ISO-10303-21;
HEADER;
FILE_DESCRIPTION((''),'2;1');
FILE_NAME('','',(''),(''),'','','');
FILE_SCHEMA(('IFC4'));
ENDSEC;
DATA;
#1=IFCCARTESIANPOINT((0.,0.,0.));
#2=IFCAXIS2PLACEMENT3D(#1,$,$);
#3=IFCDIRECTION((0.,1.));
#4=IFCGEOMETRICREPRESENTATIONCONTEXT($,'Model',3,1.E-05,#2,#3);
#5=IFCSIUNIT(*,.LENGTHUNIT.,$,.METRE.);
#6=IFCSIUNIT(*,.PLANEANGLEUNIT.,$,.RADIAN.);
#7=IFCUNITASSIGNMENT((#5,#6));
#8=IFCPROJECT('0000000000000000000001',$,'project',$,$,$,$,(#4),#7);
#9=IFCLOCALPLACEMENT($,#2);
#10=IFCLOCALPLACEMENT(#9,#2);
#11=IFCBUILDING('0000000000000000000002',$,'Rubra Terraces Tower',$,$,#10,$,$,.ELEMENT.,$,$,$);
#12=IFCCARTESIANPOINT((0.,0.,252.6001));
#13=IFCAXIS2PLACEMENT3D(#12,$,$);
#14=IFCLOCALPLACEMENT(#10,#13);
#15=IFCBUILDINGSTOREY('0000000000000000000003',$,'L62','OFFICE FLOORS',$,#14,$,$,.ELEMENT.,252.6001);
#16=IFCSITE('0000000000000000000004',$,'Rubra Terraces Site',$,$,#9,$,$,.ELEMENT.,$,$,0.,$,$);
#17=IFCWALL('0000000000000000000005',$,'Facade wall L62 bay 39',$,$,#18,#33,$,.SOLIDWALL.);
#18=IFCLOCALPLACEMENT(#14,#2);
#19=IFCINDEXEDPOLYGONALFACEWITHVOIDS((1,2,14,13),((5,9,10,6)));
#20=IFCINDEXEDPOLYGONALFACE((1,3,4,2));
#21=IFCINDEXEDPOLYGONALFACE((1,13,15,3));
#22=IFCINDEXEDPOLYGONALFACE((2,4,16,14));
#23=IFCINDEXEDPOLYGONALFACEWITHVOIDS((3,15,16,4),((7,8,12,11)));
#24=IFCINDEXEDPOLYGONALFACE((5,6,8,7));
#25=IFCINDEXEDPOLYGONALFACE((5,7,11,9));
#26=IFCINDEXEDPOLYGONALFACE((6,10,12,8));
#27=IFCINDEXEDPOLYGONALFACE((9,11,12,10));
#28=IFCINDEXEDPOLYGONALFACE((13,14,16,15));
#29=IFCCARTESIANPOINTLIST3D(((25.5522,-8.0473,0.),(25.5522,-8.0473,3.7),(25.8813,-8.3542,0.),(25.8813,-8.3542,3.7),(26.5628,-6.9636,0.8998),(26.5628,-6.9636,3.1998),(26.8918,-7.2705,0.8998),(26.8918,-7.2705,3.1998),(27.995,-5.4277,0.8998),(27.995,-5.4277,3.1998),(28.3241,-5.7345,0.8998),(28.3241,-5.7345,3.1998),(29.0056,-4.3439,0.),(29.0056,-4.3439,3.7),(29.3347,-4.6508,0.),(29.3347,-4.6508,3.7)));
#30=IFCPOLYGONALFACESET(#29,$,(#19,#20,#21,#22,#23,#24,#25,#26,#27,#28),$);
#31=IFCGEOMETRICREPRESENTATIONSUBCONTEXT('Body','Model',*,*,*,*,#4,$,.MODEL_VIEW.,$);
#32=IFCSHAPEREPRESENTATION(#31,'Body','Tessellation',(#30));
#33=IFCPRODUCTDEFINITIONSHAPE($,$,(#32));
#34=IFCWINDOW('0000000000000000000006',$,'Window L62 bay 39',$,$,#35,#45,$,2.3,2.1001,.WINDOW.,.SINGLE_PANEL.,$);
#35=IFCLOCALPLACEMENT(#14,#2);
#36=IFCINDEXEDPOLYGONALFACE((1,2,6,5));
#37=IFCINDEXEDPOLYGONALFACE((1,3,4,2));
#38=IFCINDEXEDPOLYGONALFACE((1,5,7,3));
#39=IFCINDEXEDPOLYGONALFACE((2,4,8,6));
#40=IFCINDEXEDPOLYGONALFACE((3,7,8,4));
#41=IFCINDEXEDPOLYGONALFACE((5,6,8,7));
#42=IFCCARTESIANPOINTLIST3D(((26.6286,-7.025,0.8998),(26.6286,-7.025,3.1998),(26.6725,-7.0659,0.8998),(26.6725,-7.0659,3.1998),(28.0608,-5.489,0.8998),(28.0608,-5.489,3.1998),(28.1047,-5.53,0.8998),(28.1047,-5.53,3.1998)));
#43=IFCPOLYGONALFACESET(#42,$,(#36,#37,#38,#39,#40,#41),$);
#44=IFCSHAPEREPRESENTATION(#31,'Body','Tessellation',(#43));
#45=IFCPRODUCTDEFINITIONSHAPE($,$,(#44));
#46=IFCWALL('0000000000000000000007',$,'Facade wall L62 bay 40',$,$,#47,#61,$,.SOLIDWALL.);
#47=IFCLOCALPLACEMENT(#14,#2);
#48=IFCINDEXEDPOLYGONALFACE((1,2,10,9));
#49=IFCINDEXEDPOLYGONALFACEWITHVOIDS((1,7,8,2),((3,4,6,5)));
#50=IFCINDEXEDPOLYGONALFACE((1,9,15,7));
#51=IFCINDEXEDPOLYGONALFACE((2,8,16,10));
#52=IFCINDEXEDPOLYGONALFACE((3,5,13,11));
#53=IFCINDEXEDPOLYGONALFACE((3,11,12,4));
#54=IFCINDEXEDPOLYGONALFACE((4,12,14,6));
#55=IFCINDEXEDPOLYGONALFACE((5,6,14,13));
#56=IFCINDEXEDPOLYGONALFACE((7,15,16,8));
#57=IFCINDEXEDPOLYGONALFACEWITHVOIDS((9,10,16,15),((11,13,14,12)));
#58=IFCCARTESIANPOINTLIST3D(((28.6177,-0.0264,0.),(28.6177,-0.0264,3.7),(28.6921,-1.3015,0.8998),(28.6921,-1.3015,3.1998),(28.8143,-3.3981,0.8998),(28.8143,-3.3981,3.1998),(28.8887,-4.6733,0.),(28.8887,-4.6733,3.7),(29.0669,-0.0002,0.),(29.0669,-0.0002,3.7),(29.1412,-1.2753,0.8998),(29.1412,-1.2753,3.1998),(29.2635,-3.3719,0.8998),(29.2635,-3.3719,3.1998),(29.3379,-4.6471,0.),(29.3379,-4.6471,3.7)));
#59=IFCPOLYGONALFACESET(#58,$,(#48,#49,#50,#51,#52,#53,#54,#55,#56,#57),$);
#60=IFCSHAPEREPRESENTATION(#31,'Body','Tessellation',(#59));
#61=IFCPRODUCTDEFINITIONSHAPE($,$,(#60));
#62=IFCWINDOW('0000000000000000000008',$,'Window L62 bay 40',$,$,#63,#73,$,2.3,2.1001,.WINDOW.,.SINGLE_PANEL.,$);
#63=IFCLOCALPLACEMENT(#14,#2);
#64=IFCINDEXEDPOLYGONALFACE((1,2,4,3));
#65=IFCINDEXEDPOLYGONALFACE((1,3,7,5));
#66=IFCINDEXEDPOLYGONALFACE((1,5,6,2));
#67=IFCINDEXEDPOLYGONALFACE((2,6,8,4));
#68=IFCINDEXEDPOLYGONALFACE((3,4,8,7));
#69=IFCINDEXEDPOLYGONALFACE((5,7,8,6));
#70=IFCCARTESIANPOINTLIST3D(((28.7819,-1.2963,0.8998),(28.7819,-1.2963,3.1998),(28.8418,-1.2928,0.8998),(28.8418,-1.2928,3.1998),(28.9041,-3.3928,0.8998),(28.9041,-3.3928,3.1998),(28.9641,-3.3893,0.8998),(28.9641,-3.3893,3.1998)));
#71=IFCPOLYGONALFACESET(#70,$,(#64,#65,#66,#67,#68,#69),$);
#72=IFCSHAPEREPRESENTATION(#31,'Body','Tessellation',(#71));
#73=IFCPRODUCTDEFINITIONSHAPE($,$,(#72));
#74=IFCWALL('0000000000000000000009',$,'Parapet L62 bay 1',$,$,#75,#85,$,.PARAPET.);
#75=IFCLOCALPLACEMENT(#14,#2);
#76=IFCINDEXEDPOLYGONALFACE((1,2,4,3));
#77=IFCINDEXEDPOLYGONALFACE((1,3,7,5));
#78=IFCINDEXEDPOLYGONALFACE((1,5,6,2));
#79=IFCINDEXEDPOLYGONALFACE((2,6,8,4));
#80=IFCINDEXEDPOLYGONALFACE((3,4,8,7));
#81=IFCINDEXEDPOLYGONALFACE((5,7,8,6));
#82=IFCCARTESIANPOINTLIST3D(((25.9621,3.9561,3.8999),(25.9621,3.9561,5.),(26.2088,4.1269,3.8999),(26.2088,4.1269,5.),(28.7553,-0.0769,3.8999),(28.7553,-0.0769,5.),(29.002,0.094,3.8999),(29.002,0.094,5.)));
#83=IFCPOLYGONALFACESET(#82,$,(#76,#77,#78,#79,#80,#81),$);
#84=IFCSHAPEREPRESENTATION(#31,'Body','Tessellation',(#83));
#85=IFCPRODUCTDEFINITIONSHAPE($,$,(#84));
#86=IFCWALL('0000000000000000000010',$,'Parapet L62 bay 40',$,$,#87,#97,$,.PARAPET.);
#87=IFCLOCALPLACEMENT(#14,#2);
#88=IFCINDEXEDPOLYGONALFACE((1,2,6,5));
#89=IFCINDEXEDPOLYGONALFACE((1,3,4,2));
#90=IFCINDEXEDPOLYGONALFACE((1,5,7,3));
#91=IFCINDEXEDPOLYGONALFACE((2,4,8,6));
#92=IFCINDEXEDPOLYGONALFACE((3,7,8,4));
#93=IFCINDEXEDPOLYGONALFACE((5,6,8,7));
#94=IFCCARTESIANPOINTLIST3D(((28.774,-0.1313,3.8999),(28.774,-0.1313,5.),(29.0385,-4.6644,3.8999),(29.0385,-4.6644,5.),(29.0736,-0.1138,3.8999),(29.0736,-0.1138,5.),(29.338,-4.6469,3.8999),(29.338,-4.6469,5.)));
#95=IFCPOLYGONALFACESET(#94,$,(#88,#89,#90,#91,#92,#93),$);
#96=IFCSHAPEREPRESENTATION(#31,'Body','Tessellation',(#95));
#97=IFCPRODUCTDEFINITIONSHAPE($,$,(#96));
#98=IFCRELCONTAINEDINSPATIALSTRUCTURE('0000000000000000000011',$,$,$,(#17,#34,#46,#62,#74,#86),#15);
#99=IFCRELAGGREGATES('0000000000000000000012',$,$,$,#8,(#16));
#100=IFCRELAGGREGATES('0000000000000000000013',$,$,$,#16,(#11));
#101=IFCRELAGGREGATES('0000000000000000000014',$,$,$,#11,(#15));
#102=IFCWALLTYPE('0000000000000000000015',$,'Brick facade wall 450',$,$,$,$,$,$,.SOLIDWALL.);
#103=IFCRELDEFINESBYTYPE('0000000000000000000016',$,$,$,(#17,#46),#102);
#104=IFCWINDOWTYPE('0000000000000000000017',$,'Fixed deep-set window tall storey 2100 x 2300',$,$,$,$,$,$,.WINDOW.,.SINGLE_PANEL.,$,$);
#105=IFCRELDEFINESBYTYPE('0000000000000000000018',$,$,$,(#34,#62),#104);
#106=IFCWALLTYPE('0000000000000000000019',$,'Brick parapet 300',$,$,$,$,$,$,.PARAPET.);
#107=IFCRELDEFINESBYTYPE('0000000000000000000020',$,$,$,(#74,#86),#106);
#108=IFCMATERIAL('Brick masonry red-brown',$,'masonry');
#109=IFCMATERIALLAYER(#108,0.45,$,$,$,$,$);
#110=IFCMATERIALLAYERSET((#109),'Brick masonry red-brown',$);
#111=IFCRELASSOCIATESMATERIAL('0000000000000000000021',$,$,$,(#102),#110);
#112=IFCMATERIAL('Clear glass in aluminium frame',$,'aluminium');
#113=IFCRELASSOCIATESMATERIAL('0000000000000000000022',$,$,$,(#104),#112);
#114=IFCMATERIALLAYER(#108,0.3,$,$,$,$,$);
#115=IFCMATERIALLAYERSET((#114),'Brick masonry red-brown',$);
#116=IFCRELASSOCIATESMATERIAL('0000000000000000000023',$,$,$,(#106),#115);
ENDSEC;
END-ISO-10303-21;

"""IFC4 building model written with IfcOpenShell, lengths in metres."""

from ifc_helpers import new_model, si_unit, direction, frame, frame_2d, origin, place, context, subcontext, project, spatial, rectangle, extrude, material, layer, layer_set, type_object, element, fill, save


model = new_model("IFC4")

# Units and contexts
model_context = context("Model", 3, precision=1e-05, world=origin(), true_north=direction((0.0, 1.0)))
body_context = subcontext(model_context, "Body", "Model", "MODEL_VIEW")
ifc_project = project(units=[si_unit("LENGTHUNIT", "METRE"), si_unit("PLANEANGLEUNIT", "RADIAN")], contexts=[model_context])

# Site, building, storey
site_placement = place(None, origin())
site = spatial("IfcSite", under=ifc_project, at=site_placement, Name="Rubra Terraces Site", CompositionType="ELEMENT", RefElevation=0.0)
building_placement = place(site_placement, origin())
building = spatial("IfcBuilding", under=site, at=building_placement, Name="Rubra Terraces Tower", CompositionType="ELEMENT")
storey_placement = place(building_placement, frame((0.0, 0.0, 252.6001)))
storey = spatial("IfcBuildingStorey", under=building, at=storey_placement, Name="L62", Description="OFFICE FLOORS", CompositionType="ELEMENT", Elevation=252.6001)

# Walls, openings, windows
ifc_material_1 = material(Name="Brick masonry red-brown", Category="masonry")
ifc_layer_1 = layer(ifc_material_1, 0.45)
ifc_layer_set_1 = layer_set([ifc_layer_1], Name="Brick masonry red-brown")
wall_type_1 = type_object("IfcWallType", Name="Brick facade wall 450", PredefinedType="SOLIDWALL", material=ifc_layer_set_1)
ifc_material_2 = material(Name="Clear glass in aluminium frame", Category="aluminium")
window_type = type_object("IfcWindowType", Name="Fixed deep-set window tall storey 2100 x 2300", PartitioningType="SINGLE_PANEL", PredefinedType="WINDOW", material=ifc_material_2)
wall_1_placement = place(storey_placement, frame((25.7168, -8.2007, 0.0), z_axis=(0.0, 0.0, 1.0), x_axis=(0.68199, 0.731361, 0.0)))
wall_1 = element("IfcWall", 1, at=wall_1_placement, inside=storey, type_object=wall_type_1, Name="Facade wall L62 bay 39", PredefinedType="SOLIDWALL", context=body_context, shape_type="SweptSolid", body=[
    extrude(rectangle(XDim=5.0637, YDim=0.45, at=frame_2d((2.5317, 0.0))), origin(), (0.0, 0.0, 1.0), 3.7),
])
opening_1_placement = place(wall_1_placement, frame((1.4817, 0.0, 0.8999)))
opening_1 = element("IfcOpeningElement", 2, at=opening_1_placement, cuts=wall_1, PredefinedType="OPENING", context=body_context, shape_type="SweptSolid", body=[
    extrude(rectangle(XDim=2.1001, YDim=2.3, at=frame_2d((1.05, 1.1499))), frame((0.0, 0.2349, 0.0), z_axis=(0.0, -1.0, 0.0), x_axis=(1.0, 0.0, 0.0)), (0.0, 0.0, 1.0), 0.47),
])
window_1_placement = place(opening_1_placement, origin())
window_1 = element("IfcWindow", 3, at=window_1_placement, inside=storey, type_object=window_type, Name="Window L62 bay 39", OverallHeight=2.3, OverallWidth=2.1001, PartitioningType="SINGLE_PANEL", PredefinedType="WINDOW", context=body_context, shape_type="SweptSolid", body=[
    extrude(rectangle(XDim=2.1001, YDim=2.3, at=frame_2d((1.05, 1.1499))), frame((0.0, 0.135, 0.0), z_axis=(0.0, -1.0, 0.0), x_axis=(1.0, 0.0, 0.0)), (0.0, 0.0, 1.0), 0.0601),
])
fill(opening_1, window_1)
wall_2_placement = place(storey_placement, frame((29.1133, -4.6602, 0.0), z_axis=(0.0, 0.0, 1.0), x_axis=(-0.058218, 0.998304, 0.0)))
wall_2 = element("IfcWall", 4, at=wall_2_placement, inside=storey, type_object=wall_type_1, Name="Facade wall L62 bay 40", PredefinedType="SOLIDWALL", context=body_context, shape_type="SweptSolid", body=[
    extrude(rectangle(XDim=4.6548, YDim=0.45, at=frame_2d((2.3274, 0.0))), origin(), (0.0, 0.0, 1.0), 3.7),
])
opening_2_placement = place(wall_2_placement, frame((1.2773, 0.0, 0.8999)))
opening_2 = element("IfcOpeningElement", 5, at=opening_2_placement, cuts=wall_2, PredefinedType="OPENING", context=body_context, shape_type="SweptSolid", body=[
    extrude(rectangle(XDim=2.1001, YDim=2.3, at=frame_2d((1.05, 1.1499))), frame((0.0, 0.2349, 0.0), z_axis=(0.0, -1.0, 0.0), x_axis=(1.0, 0.0, 0.0)), (0.0, 0.0, 1.0), 0.47),
])
window_2_placement = place(opening_2_placement, origin())
window_2 = element("IfcWindow", 6, at=window_2_placement, inside=storey, type_object=window_type, Name="Window L62 bay 40", OverallHeight=2.3, OverallWidth=2.1001, PartitioningType="SINGLE_PANEL", PredefinedType="WINDOW", context=body_context, shape_type="SweptSolid", body=[
    extrude(rectangle(XDim=2.1001, YDim=2.3, at=frame_2d((1.05, 1.1499))), frame((0.0, 0.135, 0.0), z_axis=(0.0, -1.0, 0.0), x_axis=(1.0, 0.0, 0.0)), (0.0, 0.0, 1.0), 0.0601),
])
fill(opening_2, window_2)

# Walls
ifc_layer_2 = layer(ifc_material_1, 0.3)
ifc_layer_set_2 = layer_set([ifc_layer_2], Name="Brick masonry red-brown")
wall_type_2 = type_object("IfcWallType", Name="Brick parapet 300", PredefinedType="PARAPET", material=ifc_layer_set_2)
wall_3_placement = place(storey_placement, frame((28.8787, 0.0085, 3.8999), z_axis=(0.0, 0.0, 1.0), x_axis=(-0.56937, 0.822081, 0.0)))
element("IfcWall", 7, at=wall_3_placement, inside=storey, type_object=wall_type_2, Name="Parapet L62 bay 1", PredefinedType="PARAPET", context=body_context, shape_type="SweptSolid", body=[
    extrude(rectangle(XDim=4.9058, YDim=0.3, at=frame_2d((2.4529, 0.0))), origin(), (0.0, 0.0, 1.0), 1.1001),
])
wall_4_placement = place(storey_placement, frame((29.1882, -4.6558, 3.8999), z_axis=(0.0, 0.0, 1.0), x_axis=(-0.05823, 0.998303, 0.0)))
element("IfcWall", 8, at=wall_4_placement, inside=storey, type_object=wall_type_2, Name="Parapet L62 bay 40", PredefinedType="PARAPET", context=body_context, shape_type="SweptSolid", body=[
    extrude(rectangle(XDim=4.5408, YDim=0.3, at=frame_2d((2.2705, 0.0))), origin(), (0.0, 0.0, 1.0), 1.1001),
])

save(model, "model.ifc")
